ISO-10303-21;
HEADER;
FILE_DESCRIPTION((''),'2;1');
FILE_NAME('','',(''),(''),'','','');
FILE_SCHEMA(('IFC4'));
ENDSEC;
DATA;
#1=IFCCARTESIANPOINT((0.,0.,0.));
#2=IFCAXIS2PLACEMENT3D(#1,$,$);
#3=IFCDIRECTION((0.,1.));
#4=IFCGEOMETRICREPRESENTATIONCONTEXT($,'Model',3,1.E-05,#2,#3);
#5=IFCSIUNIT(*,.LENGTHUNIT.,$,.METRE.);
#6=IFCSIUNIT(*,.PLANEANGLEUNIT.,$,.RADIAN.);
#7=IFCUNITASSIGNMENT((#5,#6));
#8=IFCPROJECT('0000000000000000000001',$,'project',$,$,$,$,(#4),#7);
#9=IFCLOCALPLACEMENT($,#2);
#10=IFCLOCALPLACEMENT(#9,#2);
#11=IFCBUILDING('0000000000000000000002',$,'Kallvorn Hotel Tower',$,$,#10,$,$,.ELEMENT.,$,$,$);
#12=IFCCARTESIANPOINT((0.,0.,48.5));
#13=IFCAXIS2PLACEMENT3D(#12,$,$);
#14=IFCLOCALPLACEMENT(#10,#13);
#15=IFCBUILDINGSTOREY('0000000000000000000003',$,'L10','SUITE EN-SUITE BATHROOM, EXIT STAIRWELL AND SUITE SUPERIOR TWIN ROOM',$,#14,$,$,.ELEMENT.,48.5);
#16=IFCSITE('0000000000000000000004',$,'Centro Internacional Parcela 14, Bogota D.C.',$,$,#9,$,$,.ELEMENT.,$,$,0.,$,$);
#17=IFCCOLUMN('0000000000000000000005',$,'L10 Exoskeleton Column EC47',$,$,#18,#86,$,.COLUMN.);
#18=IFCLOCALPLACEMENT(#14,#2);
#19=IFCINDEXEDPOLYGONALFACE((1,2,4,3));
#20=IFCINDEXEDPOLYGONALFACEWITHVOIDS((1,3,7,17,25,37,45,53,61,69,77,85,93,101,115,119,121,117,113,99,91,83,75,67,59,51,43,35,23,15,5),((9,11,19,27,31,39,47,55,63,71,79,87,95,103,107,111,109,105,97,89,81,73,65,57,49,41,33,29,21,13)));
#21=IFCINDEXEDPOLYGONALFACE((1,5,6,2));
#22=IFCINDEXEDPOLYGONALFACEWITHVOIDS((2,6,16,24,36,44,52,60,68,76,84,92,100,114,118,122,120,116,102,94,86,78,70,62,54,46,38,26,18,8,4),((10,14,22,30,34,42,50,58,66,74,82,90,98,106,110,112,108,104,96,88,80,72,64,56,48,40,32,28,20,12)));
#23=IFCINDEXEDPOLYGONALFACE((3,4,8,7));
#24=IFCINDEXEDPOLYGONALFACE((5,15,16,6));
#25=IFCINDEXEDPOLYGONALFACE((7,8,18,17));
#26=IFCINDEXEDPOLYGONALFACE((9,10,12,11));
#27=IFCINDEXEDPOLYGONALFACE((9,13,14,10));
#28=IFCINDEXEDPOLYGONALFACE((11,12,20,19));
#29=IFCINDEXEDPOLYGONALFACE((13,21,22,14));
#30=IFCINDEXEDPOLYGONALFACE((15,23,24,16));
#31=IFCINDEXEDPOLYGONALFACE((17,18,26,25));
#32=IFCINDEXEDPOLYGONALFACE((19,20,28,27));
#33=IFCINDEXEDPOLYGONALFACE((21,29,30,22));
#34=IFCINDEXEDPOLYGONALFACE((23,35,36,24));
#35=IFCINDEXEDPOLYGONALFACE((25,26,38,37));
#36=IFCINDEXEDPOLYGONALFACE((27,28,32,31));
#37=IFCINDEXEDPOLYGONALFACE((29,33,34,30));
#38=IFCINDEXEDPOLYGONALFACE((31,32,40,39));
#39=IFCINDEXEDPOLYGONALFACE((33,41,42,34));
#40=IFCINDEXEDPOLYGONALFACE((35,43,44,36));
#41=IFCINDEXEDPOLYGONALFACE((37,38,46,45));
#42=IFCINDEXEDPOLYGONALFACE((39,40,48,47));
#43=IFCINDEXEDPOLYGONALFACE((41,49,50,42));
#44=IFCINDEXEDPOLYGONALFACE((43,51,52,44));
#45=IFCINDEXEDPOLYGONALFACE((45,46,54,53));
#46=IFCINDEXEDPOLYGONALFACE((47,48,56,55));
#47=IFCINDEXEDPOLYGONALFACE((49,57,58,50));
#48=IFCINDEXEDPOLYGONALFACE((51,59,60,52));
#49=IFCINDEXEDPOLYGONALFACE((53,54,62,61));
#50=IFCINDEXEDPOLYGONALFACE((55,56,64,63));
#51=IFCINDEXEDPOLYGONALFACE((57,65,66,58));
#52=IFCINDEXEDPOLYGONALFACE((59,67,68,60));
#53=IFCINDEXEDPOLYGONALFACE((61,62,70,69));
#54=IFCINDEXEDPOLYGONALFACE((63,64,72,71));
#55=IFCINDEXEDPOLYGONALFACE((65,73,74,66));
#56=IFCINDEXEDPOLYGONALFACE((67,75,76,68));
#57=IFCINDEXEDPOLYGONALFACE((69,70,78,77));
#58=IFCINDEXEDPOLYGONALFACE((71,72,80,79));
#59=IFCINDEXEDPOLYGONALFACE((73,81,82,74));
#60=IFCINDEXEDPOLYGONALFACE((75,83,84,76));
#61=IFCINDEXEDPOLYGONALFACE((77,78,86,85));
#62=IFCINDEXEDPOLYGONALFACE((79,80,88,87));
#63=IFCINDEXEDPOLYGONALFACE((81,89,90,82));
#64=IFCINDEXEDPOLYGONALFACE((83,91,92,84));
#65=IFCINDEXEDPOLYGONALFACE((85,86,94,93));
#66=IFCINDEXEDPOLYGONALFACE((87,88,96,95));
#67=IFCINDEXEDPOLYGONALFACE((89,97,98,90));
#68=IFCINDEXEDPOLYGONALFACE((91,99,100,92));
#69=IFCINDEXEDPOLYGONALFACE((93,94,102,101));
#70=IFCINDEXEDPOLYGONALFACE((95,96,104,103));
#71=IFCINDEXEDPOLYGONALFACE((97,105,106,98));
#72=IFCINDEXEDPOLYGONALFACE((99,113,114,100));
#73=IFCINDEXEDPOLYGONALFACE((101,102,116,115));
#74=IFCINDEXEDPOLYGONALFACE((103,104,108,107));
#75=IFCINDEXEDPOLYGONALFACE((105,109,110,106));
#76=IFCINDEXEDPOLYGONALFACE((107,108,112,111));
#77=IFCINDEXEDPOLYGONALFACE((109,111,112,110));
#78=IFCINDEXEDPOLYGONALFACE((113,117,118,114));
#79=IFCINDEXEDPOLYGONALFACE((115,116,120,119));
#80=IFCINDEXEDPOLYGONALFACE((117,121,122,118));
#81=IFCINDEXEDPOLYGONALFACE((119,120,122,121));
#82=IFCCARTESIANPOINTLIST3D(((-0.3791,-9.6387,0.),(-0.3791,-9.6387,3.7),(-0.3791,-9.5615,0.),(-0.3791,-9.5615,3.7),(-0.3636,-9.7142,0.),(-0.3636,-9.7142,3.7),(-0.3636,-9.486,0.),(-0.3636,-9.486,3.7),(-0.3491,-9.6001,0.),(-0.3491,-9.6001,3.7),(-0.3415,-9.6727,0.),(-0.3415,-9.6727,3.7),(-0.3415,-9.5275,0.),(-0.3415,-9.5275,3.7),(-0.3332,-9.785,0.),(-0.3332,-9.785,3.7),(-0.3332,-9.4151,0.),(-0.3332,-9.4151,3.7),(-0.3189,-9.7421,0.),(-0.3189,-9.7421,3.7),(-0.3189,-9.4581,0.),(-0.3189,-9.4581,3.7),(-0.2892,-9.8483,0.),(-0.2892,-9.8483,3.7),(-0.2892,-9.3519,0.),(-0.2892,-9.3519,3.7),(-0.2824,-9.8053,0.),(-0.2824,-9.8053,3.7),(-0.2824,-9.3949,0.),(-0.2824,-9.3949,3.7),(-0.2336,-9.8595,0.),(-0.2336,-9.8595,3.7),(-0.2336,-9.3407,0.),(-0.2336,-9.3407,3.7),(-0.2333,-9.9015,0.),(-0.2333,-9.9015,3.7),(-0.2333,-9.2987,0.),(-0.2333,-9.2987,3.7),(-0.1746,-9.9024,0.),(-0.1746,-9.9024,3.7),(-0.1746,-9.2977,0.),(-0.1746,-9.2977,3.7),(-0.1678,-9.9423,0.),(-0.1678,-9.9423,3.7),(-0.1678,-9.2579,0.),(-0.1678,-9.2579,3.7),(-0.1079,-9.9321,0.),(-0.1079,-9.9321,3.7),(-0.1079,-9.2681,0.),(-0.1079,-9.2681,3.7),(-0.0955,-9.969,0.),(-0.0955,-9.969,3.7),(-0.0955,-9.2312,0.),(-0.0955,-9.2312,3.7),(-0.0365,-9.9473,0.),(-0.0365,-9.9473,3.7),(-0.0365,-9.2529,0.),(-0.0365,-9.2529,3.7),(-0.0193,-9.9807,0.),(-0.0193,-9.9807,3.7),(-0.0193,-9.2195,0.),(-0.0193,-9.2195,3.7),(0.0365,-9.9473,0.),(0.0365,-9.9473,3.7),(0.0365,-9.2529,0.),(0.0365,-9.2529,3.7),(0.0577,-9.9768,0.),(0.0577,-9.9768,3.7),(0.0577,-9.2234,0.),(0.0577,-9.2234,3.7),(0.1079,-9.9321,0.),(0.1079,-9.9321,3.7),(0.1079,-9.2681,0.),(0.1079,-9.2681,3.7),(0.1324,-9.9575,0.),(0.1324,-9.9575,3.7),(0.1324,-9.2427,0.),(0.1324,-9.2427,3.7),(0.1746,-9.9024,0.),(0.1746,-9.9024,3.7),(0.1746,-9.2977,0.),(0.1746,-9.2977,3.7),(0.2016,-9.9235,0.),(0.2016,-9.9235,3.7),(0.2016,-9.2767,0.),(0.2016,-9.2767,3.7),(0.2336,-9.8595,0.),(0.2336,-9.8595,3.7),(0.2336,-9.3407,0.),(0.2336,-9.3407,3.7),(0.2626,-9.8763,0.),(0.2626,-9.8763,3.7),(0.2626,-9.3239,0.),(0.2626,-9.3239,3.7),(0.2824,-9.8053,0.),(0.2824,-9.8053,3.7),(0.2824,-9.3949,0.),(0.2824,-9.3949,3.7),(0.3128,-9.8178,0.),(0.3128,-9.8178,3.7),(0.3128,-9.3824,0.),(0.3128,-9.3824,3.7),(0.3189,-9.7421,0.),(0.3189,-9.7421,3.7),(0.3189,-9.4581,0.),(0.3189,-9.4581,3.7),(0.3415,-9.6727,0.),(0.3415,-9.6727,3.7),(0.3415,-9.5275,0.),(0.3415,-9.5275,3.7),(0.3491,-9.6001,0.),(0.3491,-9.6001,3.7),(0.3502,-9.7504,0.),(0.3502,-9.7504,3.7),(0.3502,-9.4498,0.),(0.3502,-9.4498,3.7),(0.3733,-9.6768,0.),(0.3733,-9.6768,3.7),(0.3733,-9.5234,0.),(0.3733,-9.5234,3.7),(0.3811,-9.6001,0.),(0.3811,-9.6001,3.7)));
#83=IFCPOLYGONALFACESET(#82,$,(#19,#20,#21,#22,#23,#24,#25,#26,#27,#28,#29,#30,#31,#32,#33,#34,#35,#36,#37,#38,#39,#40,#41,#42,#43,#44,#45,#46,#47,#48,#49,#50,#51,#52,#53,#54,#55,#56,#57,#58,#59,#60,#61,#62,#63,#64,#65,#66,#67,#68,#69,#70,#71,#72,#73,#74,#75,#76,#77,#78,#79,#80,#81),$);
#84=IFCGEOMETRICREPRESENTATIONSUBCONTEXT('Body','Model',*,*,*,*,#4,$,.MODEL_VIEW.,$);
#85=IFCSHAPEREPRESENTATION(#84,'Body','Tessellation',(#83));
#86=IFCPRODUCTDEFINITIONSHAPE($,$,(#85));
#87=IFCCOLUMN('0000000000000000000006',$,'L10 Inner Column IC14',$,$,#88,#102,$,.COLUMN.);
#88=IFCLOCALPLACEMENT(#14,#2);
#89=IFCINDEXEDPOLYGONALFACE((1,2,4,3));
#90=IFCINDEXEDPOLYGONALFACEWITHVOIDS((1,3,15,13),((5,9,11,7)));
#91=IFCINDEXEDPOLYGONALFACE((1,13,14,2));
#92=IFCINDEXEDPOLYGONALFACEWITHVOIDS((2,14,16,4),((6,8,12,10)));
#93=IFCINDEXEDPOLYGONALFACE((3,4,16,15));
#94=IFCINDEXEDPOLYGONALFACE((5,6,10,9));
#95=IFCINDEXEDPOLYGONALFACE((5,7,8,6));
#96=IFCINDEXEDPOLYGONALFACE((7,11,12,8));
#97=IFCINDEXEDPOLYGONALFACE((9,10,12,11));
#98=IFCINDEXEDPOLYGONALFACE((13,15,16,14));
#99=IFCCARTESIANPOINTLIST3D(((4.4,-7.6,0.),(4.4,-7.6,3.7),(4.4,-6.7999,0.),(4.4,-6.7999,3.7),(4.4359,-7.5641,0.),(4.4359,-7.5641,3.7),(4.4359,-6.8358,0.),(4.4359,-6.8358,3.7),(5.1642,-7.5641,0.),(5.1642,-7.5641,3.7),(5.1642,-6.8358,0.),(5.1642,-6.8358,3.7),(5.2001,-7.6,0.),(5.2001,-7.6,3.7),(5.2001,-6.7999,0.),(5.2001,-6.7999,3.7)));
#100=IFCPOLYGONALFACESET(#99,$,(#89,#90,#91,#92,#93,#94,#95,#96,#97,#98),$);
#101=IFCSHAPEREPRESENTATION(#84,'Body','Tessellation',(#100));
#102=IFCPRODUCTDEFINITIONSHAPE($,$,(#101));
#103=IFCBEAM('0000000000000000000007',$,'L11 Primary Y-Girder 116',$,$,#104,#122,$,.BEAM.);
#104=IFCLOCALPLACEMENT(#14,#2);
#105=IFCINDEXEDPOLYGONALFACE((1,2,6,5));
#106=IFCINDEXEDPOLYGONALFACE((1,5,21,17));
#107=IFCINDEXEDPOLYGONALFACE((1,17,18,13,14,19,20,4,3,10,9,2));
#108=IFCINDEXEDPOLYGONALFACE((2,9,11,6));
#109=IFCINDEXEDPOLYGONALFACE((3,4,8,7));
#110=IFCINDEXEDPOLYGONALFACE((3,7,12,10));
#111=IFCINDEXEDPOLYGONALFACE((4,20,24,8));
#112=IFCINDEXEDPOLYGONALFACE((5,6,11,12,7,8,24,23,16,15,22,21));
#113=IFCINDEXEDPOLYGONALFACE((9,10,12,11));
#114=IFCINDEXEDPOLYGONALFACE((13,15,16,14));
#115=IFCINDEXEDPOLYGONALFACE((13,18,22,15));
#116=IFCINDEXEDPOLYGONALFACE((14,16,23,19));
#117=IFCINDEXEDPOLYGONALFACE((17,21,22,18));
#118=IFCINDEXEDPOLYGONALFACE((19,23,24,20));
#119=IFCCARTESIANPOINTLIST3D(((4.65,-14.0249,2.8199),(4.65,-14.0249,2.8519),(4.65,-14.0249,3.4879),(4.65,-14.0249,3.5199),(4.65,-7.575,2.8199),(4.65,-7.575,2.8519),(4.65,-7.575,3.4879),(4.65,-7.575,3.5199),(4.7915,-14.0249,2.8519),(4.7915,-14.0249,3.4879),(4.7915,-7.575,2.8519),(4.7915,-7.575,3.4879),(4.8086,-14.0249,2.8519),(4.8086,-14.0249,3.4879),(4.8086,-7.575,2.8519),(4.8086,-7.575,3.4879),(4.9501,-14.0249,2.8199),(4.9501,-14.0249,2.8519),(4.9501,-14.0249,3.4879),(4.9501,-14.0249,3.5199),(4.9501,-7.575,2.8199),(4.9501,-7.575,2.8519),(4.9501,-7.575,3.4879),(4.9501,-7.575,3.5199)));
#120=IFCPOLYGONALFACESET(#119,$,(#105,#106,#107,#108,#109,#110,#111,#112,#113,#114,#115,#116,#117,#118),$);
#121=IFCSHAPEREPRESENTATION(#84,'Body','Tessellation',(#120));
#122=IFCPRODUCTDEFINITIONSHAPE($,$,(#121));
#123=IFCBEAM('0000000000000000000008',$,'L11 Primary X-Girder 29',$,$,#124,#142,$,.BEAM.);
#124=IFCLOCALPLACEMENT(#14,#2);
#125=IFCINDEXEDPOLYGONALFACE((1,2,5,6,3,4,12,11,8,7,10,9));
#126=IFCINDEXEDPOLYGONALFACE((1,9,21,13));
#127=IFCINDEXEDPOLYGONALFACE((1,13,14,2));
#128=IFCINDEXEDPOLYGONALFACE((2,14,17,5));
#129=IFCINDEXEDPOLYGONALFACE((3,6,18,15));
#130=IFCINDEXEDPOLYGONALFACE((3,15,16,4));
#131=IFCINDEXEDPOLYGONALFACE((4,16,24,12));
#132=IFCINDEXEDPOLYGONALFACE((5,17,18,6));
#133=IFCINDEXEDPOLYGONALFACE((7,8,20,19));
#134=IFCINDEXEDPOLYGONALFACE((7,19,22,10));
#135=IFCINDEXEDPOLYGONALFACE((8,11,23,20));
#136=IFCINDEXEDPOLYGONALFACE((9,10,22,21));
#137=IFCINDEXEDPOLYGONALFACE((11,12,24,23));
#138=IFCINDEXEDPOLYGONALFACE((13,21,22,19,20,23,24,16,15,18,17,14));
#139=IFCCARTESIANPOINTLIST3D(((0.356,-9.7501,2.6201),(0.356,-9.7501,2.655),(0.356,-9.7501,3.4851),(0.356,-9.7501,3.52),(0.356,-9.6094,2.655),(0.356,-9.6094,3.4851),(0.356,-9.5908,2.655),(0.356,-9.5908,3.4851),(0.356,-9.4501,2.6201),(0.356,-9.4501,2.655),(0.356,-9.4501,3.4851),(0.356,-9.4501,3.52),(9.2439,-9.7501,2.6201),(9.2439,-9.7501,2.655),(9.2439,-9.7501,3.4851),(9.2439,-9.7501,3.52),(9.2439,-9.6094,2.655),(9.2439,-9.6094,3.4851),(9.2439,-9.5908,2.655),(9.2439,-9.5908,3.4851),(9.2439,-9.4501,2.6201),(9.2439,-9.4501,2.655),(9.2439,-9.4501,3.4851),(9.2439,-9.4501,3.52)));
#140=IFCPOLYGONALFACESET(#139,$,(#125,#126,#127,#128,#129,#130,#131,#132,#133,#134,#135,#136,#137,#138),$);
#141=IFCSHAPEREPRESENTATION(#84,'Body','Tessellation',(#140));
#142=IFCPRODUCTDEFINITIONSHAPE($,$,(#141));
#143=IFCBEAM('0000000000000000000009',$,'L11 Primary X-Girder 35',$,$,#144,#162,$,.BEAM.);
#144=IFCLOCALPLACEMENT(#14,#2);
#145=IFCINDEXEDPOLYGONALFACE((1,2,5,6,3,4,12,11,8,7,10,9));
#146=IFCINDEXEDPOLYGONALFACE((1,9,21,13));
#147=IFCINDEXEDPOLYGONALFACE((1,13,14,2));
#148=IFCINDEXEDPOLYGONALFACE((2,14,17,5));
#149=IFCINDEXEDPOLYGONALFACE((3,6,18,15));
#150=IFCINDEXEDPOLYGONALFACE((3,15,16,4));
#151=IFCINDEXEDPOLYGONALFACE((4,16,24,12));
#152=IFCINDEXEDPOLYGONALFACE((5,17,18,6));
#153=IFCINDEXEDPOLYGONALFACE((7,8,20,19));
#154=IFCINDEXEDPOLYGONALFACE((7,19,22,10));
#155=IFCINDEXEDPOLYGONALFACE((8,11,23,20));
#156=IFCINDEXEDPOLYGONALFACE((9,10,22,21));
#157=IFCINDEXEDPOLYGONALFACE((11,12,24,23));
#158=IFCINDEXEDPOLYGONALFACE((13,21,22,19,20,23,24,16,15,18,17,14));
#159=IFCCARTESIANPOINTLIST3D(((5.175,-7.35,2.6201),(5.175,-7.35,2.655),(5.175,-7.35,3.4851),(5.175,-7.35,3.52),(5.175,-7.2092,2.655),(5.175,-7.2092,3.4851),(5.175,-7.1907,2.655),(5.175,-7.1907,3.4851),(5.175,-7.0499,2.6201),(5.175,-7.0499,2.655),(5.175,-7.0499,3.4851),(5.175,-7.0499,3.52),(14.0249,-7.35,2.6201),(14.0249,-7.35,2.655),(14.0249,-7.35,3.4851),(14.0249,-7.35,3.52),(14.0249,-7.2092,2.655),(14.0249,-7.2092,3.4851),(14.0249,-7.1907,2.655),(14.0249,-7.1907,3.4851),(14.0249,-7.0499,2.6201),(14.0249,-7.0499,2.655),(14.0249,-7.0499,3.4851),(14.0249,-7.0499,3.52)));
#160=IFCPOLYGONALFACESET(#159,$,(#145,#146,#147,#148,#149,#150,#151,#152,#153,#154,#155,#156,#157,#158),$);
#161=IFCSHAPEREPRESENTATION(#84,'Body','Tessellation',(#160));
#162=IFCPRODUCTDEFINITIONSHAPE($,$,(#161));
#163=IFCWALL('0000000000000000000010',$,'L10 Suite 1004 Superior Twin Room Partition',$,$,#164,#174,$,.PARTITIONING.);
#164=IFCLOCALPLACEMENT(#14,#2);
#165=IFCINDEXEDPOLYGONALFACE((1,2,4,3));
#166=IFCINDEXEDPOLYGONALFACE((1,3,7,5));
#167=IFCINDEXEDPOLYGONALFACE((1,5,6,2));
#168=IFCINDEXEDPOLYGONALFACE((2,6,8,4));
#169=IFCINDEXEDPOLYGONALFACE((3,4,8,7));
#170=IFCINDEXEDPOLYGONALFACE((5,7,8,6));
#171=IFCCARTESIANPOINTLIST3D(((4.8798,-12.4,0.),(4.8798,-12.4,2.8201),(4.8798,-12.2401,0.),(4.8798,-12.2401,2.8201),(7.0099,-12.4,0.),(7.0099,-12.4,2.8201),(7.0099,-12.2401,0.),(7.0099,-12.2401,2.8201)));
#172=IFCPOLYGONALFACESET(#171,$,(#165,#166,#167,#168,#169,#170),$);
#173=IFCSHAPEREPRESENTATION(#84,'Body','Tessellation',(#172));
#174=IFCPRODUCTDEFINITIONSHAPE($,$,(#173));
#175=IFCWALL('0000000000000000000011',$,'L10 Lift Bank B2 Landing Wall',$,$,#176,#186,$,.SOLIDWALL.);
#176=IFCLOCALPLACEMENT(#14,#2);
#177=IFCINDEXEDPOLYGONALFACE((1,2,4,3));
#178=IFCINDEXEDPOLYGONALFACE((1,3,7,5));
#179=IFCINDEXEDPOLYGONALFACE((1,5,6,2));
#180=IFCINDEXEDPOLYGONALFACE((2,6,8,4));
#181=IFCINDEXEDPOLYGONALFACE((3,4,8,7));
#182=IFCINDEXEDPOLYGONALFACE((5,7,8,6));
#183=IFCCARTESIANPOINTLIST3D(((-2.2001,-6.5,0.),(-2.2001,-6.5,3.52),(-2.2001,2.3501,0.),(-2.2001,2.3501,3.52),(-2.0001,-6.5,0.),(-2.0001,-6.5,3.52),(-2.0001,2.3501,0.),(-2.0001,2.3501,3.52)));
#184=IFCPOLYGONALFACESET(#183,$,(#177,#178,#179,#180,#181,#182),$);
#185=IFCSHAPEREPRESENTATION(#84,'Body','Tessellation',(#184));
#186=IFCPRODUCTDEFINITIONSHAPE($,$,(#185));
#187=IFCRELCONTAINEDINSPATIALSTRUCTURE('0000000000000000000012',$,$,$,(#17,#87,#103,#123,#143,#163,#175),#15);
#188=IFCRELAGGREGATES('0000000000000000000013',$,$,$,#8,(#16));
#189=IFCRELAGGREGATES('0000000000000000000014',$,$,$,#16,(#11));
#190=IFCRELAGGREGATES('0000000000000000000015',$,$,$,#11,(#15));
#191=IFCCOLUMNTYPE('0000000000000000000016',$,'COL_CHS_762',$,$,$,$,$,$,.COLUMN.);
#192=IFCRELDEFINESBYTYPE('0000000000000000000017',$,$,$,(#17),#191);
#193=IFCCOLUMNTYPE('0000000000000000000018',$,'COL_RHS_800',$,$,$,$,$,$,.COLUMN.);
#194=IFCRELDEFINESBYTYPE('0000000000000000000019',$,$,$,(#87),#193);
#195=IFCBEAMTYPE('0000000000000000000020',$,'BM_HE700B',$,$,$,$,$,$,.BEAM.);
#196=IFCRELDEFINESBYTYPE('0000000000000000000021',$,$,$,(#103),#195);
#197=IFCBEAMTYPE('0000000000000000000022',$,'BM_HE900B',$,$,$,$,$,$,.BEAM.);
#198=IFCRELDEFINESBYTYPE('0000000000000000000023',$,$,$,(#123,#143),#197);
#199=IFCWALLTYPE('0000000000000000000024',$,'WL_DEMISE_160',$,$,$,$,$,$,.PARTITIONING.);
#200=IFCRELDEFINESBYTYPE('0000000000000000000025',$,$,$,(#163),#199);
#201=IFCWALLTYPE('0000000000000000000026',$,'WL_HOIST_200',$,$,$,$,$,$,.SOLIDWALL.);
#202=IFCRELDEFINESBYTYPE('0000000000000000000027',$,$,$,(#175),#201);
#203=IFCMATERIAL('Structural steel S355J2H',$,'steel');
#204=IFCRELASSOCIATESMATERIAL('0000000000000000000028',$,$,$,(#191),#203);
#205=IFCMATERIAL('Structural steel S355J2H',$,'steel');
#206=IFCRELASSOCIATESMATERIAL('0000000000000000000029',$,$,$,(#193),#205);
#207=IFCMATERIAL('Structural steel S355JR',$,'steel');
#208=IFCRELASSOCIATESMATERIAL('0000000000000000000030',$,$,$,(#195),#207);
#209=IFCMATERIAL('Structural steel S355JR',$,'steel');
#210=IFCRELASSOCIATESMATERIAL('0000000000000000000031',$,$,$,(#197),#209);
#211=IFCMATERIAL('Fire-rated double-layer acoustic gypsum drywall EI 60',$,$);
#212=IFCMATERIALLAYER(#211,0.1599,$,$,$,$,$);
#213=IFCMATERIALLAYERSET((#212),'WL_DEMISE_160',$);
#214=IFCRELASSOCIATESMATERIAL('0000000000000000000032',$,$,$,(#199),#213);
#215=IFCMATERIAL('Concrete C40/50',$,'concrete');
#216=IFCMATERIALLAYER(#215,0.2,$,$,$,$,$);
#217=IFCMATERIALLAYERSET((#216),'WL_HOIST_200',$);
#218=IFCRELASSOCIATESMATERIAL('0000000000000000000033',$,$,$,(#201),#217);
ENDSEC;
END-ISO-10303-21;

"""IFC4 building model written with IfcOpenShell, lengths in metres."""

from ifc_helpers import new_model, si_unit, direction, frame, frame_2d, origin, origin_2d, place, context, subcontext, project, spatial, rectangle, hollow_rectangle, hollow_circle, i_section, extrude, material, layer, layer_set, material_profile, profile_set, type_object, element, save


model = new_model("IFC4")

# Units and contexts
model_context = context("Model", 3, precision=1e-05, world=origin(), true_north=direction((0.0, 1.0)))
body_context = subcontext(model_context, "Body", "Model", "MODEL_VIEW")
ifc_project = project(units=[si_unit("LENGTHUNIT", "METRE"), si_unit("PLANEANGLEUNIT", "RADIAN")], contexts=[model_context])

# Site, building, storey
site_placement = place(None, origin())
site = spatial("IfcSite", under=ifc_project, at=site_placement, Name="Centro Internacional Parcela 14, Bogota D.C.", CompositionType="ELEMENT", RefElevation=0.0)
building_placement = place(site_placement, origin())
building = spatial("IfcBuilding", under=site, at=building_placement, Name="Kallvorn Hotel Tower", CompositionType="ELEMENT")
storey_placement = place(building_placement, frame((0.0, 0.0, 48.5)))
storey = spatial("IfcBuildingStorey", under=building, at=storey_placement, Name="L10", Description="SUITE EN-SUITE BATHROOM, EXIT STAIRWELL AND SUITE SUPERIOR TWIN ROOM", CompositionType="ELEMENT", Elevation=48.5)

# Columns
ifc_material_1 = material(Name="Structural steel S355J2H", Category="steel")
ifc_material_profile_1 = material_profile(ifc_material_1, hollow_circle(Radius=0.3811, WallThickness=0.032, at=origin_2d()), Name="CHS 762x32")
ifc_profile_set_1 = profile_set([ifc_material_profile_1], Name="Structural steel S355J2H")
column_type_1 = type_object("IfcColumnType", Name="COL_CHS_762", PredefinedType="COLUMN", material=ifc_profile_set_1)
column_1_placement = place(storey_placement, frame((0.0, -9.6001, 0.0), z_axis=(0.0, 0.0, 1.0), x_axis=(1.0, 0.0, 0.0)))
element("IfcColumn", 1, at=column_1_placement, inside=storey, type_object=column_type_1, Name="L10 Exoskeleton Column EC47", PredefinedType="COLUMN", context=body_context, shape_type="SweptSolid", body=[
    extrude(hollow_circle(Radius=0.3811, WallThickness=0.032, at=origin_2d()), origin(), (0.0, 0.0, 1.0), 3.7),
])
ifc_material_2 = material(Name="Structural steel S355J2H", Category="steel")
ifc_material_profile_2 = material_profile(ifc_material_2, hollow_rectangle(XDim=0.8, YDim=0.8, WallThickness=0.0359, at=origin_2d()), Name="RHS 800x800x36")
ifc_profile_set_2 = profile_set([ifc_material_profile_2], Name="Structural steel S355J2H")
column_type_2 = type_object("IfcColumnType", Name="COL_RHS_800", PredefinedType="COLUMN", material=ifc_profile_set_2)
column_2_placement = place(storey_placement, frame((4.8, -7.2, 0.0), z_axis=(0.0, 0.0, 1.0), x_axis=(1.0, 0.0, 0.0)))
element("IfcColumn", 2, at=column_2_placement, inside=storey, type_object=column_type_2, Name="L10 Inner Column IC14", PredefinedType="COLUMN", context=body_context, shape_type="SweptSolid", body=[
    extrude(hollow_rectangle(XDim=0.8, YDim=0.8, WallThickness=0.0359, at=origin_2d()), origin(), (0.0, 0.0, 1.0), 3.7),
])

# Beams
ifc_material_3 = material(Name="Structural steel S355JR", Category="steel")
ifc_material_profile_3 = material_profile(ifc_material_3, i_section(OverallWidth=0.3, OverallDepth=0.7, WebThickness=0.0171, FlangeThickness=0.032, at=origin_2d()), Name="HE 700 B")
ifc_profile_set_3 = profile_set([ifc_material_profile_3], Name="Structural steel S355JR")
beam_type_1 = type_object("IfcBeamType", Name="BM_HE700B", PredefinedType="BEAM", material=ifc_profile_set_3)
beam_1_placement = place(storey_placement, frame((4.8, -14.0249, 3.1699), z_axis=(0.0, 1.0, 0.0), x_axis=(-1.0, 0.0, 0.0)))
element("IfcBeam", 3, at=beam_1_placement, inside=storey, type_object=beam_type_1, Name="L11 Primary Y-Girder 116", PredefinedType="BEAM", context=body_context, shape_type="SweptSolid", body=[
    extrude(i_section(OverallWidth=0.3, OverallDepth=0.7, WebThickness=0.0171, FlangeThickness=0.032, at=origin_2d()), origin(), (0.0, 0.0, 1.0), 6.45),
])
ifc_material_4 = material(Name="Structural steel S355JR", Category="steel")
ifc_material_profile_4 = material_profile(ifc_material_4, i_section(OverallWidth=0.3, OverallDepth=0.8999, WebThickness=0.0186, FlangeThickness=0.0349, at=origin_2d()), Name="HE 900 B")
ifc_profile_set_4 = profile_set([ifc_material_profile_4], Name="Structural steel S355JR")
beam_type_2 = type_object("IfcBeamType", Name="BM_HE900B", PredefinedType="BEAM", material=ifc_profile_set_4)
beam_2_placement = place(storey_placement, frame((0.356, -9.6001, 3.0701), z_axis=(1.0, 0.0, 0.0), x_axis=(0.0, 1.0, 0.0)))
element("IfcBeam", 4, at=beam_2_placement, inside=storey, type_object=beam_type_2, Name="L11 Primary X-Girder 29", PredefinedType="BEAM", context=body_context, shape_type="SweptSolid", body=[
    extrude(i_section(OverallWidth=0.3, OverallDepth=0.8999, WebThickness=0.0186, FlangeThickness=0.0349, at=origin_2d()), origin(), (0.0, 0.0, 1.0), 8.8879),
])
beam_3_placement = place(storey_placement, frame((5.175, -7.2, 3.0701), z_axis=(1.0, 0.0, 0.0), x_axis=(0.0, 1.0, 0.0)))
element("IfcBeam", 5, at=beam_3_placement, inside=storey, type_object=beam_type_2, Name="L11 Primary X-Girder 35", PredefinedType="BEAM", context=body_context, shape_type="SweptSolid", body=[
    extrude(i_section(OverallWidth=0.3, OverallDepth=0.8999, WebThickness=0.0186, FlangeThickness=0.0349, at=origin_2d()), origin(), (0.0, 0.0, 1.0), 8.8499),
])

# Walls
ifc_material_5 = material(Name="Fire-rated double-layer acoustic gypsum drywall EI 60")
ifc_layer_1 = layer(ifc_material_5, 0.1599)
ifc_layer_set_1 = layer_set([ifc_layer_1], Name="WL_DEMISE_160")
wall_type_1 = type_object("IfcWallType", Name="WL_DEMISE_160", PredefinedType="PARTITIONING", material=ifc_layer_set_1)
wall_1_placement = place(storey_placement, frame((4.8799, -12.3201, 0.0), z_axis=(0.0, 0.0, 1.0), x_axis=(1.0, 0.0, 0.0)))
element("IfcWall", 6, at=wall_1_placement, inside=storey, type_object=wall_type_1, Name="L10 Suite 1004 Superior Twin Room Partition", PredefinedType="PARTITIONING", context=body_context, shape_type="SweptSolid", body=[
    extrude(rectangle(XDim=2.1301, YDim=0.1599, at=frame_2d((1.0649, 0.0))), origin(), (0.0, 0.0, 1.0), 2.8201),
])
ifc_material_6 = material(Name="Concrete C40/50", Category="concrete")
ifc_layer_2 = layer(ifc_material_6, 0.2)
ifc_layer_set_2 = layer_set([ifc_layer_2], Name="WL_HOIST_200")
wall_type_2 = type_object("IfcWallType", Name="WL_HOIST_200", PredefinedType="SOLIDWALL", material=ifc_layer_set_2)
for number, where, z_axis, x_axis, name in (
    (7, (-2.1001, -6.5, 0.0), (0.0, 0.0, 1.0), (0.0, 1.0, 0.0), "L10 Lift Bank B2 Landing Wall"),
):
    element("IfcWall", number, at=place(storey_placement, frame(where, z_axis=z_axis, x_axis=x_axis)), inside=storey, type_object=wall_type_2, Name=name, PredefinedType="SOLIDWALL", context=body_context, shape_type="SweptSolid", body=[
        extrude(rectangle(XDim=8.8501, YDim=0.2, at=frame_2d((4.425, 0.0))), origin(), (0.0, 0.0, 1.0), 3.52),
    ])

save(model, "model.ifc")
